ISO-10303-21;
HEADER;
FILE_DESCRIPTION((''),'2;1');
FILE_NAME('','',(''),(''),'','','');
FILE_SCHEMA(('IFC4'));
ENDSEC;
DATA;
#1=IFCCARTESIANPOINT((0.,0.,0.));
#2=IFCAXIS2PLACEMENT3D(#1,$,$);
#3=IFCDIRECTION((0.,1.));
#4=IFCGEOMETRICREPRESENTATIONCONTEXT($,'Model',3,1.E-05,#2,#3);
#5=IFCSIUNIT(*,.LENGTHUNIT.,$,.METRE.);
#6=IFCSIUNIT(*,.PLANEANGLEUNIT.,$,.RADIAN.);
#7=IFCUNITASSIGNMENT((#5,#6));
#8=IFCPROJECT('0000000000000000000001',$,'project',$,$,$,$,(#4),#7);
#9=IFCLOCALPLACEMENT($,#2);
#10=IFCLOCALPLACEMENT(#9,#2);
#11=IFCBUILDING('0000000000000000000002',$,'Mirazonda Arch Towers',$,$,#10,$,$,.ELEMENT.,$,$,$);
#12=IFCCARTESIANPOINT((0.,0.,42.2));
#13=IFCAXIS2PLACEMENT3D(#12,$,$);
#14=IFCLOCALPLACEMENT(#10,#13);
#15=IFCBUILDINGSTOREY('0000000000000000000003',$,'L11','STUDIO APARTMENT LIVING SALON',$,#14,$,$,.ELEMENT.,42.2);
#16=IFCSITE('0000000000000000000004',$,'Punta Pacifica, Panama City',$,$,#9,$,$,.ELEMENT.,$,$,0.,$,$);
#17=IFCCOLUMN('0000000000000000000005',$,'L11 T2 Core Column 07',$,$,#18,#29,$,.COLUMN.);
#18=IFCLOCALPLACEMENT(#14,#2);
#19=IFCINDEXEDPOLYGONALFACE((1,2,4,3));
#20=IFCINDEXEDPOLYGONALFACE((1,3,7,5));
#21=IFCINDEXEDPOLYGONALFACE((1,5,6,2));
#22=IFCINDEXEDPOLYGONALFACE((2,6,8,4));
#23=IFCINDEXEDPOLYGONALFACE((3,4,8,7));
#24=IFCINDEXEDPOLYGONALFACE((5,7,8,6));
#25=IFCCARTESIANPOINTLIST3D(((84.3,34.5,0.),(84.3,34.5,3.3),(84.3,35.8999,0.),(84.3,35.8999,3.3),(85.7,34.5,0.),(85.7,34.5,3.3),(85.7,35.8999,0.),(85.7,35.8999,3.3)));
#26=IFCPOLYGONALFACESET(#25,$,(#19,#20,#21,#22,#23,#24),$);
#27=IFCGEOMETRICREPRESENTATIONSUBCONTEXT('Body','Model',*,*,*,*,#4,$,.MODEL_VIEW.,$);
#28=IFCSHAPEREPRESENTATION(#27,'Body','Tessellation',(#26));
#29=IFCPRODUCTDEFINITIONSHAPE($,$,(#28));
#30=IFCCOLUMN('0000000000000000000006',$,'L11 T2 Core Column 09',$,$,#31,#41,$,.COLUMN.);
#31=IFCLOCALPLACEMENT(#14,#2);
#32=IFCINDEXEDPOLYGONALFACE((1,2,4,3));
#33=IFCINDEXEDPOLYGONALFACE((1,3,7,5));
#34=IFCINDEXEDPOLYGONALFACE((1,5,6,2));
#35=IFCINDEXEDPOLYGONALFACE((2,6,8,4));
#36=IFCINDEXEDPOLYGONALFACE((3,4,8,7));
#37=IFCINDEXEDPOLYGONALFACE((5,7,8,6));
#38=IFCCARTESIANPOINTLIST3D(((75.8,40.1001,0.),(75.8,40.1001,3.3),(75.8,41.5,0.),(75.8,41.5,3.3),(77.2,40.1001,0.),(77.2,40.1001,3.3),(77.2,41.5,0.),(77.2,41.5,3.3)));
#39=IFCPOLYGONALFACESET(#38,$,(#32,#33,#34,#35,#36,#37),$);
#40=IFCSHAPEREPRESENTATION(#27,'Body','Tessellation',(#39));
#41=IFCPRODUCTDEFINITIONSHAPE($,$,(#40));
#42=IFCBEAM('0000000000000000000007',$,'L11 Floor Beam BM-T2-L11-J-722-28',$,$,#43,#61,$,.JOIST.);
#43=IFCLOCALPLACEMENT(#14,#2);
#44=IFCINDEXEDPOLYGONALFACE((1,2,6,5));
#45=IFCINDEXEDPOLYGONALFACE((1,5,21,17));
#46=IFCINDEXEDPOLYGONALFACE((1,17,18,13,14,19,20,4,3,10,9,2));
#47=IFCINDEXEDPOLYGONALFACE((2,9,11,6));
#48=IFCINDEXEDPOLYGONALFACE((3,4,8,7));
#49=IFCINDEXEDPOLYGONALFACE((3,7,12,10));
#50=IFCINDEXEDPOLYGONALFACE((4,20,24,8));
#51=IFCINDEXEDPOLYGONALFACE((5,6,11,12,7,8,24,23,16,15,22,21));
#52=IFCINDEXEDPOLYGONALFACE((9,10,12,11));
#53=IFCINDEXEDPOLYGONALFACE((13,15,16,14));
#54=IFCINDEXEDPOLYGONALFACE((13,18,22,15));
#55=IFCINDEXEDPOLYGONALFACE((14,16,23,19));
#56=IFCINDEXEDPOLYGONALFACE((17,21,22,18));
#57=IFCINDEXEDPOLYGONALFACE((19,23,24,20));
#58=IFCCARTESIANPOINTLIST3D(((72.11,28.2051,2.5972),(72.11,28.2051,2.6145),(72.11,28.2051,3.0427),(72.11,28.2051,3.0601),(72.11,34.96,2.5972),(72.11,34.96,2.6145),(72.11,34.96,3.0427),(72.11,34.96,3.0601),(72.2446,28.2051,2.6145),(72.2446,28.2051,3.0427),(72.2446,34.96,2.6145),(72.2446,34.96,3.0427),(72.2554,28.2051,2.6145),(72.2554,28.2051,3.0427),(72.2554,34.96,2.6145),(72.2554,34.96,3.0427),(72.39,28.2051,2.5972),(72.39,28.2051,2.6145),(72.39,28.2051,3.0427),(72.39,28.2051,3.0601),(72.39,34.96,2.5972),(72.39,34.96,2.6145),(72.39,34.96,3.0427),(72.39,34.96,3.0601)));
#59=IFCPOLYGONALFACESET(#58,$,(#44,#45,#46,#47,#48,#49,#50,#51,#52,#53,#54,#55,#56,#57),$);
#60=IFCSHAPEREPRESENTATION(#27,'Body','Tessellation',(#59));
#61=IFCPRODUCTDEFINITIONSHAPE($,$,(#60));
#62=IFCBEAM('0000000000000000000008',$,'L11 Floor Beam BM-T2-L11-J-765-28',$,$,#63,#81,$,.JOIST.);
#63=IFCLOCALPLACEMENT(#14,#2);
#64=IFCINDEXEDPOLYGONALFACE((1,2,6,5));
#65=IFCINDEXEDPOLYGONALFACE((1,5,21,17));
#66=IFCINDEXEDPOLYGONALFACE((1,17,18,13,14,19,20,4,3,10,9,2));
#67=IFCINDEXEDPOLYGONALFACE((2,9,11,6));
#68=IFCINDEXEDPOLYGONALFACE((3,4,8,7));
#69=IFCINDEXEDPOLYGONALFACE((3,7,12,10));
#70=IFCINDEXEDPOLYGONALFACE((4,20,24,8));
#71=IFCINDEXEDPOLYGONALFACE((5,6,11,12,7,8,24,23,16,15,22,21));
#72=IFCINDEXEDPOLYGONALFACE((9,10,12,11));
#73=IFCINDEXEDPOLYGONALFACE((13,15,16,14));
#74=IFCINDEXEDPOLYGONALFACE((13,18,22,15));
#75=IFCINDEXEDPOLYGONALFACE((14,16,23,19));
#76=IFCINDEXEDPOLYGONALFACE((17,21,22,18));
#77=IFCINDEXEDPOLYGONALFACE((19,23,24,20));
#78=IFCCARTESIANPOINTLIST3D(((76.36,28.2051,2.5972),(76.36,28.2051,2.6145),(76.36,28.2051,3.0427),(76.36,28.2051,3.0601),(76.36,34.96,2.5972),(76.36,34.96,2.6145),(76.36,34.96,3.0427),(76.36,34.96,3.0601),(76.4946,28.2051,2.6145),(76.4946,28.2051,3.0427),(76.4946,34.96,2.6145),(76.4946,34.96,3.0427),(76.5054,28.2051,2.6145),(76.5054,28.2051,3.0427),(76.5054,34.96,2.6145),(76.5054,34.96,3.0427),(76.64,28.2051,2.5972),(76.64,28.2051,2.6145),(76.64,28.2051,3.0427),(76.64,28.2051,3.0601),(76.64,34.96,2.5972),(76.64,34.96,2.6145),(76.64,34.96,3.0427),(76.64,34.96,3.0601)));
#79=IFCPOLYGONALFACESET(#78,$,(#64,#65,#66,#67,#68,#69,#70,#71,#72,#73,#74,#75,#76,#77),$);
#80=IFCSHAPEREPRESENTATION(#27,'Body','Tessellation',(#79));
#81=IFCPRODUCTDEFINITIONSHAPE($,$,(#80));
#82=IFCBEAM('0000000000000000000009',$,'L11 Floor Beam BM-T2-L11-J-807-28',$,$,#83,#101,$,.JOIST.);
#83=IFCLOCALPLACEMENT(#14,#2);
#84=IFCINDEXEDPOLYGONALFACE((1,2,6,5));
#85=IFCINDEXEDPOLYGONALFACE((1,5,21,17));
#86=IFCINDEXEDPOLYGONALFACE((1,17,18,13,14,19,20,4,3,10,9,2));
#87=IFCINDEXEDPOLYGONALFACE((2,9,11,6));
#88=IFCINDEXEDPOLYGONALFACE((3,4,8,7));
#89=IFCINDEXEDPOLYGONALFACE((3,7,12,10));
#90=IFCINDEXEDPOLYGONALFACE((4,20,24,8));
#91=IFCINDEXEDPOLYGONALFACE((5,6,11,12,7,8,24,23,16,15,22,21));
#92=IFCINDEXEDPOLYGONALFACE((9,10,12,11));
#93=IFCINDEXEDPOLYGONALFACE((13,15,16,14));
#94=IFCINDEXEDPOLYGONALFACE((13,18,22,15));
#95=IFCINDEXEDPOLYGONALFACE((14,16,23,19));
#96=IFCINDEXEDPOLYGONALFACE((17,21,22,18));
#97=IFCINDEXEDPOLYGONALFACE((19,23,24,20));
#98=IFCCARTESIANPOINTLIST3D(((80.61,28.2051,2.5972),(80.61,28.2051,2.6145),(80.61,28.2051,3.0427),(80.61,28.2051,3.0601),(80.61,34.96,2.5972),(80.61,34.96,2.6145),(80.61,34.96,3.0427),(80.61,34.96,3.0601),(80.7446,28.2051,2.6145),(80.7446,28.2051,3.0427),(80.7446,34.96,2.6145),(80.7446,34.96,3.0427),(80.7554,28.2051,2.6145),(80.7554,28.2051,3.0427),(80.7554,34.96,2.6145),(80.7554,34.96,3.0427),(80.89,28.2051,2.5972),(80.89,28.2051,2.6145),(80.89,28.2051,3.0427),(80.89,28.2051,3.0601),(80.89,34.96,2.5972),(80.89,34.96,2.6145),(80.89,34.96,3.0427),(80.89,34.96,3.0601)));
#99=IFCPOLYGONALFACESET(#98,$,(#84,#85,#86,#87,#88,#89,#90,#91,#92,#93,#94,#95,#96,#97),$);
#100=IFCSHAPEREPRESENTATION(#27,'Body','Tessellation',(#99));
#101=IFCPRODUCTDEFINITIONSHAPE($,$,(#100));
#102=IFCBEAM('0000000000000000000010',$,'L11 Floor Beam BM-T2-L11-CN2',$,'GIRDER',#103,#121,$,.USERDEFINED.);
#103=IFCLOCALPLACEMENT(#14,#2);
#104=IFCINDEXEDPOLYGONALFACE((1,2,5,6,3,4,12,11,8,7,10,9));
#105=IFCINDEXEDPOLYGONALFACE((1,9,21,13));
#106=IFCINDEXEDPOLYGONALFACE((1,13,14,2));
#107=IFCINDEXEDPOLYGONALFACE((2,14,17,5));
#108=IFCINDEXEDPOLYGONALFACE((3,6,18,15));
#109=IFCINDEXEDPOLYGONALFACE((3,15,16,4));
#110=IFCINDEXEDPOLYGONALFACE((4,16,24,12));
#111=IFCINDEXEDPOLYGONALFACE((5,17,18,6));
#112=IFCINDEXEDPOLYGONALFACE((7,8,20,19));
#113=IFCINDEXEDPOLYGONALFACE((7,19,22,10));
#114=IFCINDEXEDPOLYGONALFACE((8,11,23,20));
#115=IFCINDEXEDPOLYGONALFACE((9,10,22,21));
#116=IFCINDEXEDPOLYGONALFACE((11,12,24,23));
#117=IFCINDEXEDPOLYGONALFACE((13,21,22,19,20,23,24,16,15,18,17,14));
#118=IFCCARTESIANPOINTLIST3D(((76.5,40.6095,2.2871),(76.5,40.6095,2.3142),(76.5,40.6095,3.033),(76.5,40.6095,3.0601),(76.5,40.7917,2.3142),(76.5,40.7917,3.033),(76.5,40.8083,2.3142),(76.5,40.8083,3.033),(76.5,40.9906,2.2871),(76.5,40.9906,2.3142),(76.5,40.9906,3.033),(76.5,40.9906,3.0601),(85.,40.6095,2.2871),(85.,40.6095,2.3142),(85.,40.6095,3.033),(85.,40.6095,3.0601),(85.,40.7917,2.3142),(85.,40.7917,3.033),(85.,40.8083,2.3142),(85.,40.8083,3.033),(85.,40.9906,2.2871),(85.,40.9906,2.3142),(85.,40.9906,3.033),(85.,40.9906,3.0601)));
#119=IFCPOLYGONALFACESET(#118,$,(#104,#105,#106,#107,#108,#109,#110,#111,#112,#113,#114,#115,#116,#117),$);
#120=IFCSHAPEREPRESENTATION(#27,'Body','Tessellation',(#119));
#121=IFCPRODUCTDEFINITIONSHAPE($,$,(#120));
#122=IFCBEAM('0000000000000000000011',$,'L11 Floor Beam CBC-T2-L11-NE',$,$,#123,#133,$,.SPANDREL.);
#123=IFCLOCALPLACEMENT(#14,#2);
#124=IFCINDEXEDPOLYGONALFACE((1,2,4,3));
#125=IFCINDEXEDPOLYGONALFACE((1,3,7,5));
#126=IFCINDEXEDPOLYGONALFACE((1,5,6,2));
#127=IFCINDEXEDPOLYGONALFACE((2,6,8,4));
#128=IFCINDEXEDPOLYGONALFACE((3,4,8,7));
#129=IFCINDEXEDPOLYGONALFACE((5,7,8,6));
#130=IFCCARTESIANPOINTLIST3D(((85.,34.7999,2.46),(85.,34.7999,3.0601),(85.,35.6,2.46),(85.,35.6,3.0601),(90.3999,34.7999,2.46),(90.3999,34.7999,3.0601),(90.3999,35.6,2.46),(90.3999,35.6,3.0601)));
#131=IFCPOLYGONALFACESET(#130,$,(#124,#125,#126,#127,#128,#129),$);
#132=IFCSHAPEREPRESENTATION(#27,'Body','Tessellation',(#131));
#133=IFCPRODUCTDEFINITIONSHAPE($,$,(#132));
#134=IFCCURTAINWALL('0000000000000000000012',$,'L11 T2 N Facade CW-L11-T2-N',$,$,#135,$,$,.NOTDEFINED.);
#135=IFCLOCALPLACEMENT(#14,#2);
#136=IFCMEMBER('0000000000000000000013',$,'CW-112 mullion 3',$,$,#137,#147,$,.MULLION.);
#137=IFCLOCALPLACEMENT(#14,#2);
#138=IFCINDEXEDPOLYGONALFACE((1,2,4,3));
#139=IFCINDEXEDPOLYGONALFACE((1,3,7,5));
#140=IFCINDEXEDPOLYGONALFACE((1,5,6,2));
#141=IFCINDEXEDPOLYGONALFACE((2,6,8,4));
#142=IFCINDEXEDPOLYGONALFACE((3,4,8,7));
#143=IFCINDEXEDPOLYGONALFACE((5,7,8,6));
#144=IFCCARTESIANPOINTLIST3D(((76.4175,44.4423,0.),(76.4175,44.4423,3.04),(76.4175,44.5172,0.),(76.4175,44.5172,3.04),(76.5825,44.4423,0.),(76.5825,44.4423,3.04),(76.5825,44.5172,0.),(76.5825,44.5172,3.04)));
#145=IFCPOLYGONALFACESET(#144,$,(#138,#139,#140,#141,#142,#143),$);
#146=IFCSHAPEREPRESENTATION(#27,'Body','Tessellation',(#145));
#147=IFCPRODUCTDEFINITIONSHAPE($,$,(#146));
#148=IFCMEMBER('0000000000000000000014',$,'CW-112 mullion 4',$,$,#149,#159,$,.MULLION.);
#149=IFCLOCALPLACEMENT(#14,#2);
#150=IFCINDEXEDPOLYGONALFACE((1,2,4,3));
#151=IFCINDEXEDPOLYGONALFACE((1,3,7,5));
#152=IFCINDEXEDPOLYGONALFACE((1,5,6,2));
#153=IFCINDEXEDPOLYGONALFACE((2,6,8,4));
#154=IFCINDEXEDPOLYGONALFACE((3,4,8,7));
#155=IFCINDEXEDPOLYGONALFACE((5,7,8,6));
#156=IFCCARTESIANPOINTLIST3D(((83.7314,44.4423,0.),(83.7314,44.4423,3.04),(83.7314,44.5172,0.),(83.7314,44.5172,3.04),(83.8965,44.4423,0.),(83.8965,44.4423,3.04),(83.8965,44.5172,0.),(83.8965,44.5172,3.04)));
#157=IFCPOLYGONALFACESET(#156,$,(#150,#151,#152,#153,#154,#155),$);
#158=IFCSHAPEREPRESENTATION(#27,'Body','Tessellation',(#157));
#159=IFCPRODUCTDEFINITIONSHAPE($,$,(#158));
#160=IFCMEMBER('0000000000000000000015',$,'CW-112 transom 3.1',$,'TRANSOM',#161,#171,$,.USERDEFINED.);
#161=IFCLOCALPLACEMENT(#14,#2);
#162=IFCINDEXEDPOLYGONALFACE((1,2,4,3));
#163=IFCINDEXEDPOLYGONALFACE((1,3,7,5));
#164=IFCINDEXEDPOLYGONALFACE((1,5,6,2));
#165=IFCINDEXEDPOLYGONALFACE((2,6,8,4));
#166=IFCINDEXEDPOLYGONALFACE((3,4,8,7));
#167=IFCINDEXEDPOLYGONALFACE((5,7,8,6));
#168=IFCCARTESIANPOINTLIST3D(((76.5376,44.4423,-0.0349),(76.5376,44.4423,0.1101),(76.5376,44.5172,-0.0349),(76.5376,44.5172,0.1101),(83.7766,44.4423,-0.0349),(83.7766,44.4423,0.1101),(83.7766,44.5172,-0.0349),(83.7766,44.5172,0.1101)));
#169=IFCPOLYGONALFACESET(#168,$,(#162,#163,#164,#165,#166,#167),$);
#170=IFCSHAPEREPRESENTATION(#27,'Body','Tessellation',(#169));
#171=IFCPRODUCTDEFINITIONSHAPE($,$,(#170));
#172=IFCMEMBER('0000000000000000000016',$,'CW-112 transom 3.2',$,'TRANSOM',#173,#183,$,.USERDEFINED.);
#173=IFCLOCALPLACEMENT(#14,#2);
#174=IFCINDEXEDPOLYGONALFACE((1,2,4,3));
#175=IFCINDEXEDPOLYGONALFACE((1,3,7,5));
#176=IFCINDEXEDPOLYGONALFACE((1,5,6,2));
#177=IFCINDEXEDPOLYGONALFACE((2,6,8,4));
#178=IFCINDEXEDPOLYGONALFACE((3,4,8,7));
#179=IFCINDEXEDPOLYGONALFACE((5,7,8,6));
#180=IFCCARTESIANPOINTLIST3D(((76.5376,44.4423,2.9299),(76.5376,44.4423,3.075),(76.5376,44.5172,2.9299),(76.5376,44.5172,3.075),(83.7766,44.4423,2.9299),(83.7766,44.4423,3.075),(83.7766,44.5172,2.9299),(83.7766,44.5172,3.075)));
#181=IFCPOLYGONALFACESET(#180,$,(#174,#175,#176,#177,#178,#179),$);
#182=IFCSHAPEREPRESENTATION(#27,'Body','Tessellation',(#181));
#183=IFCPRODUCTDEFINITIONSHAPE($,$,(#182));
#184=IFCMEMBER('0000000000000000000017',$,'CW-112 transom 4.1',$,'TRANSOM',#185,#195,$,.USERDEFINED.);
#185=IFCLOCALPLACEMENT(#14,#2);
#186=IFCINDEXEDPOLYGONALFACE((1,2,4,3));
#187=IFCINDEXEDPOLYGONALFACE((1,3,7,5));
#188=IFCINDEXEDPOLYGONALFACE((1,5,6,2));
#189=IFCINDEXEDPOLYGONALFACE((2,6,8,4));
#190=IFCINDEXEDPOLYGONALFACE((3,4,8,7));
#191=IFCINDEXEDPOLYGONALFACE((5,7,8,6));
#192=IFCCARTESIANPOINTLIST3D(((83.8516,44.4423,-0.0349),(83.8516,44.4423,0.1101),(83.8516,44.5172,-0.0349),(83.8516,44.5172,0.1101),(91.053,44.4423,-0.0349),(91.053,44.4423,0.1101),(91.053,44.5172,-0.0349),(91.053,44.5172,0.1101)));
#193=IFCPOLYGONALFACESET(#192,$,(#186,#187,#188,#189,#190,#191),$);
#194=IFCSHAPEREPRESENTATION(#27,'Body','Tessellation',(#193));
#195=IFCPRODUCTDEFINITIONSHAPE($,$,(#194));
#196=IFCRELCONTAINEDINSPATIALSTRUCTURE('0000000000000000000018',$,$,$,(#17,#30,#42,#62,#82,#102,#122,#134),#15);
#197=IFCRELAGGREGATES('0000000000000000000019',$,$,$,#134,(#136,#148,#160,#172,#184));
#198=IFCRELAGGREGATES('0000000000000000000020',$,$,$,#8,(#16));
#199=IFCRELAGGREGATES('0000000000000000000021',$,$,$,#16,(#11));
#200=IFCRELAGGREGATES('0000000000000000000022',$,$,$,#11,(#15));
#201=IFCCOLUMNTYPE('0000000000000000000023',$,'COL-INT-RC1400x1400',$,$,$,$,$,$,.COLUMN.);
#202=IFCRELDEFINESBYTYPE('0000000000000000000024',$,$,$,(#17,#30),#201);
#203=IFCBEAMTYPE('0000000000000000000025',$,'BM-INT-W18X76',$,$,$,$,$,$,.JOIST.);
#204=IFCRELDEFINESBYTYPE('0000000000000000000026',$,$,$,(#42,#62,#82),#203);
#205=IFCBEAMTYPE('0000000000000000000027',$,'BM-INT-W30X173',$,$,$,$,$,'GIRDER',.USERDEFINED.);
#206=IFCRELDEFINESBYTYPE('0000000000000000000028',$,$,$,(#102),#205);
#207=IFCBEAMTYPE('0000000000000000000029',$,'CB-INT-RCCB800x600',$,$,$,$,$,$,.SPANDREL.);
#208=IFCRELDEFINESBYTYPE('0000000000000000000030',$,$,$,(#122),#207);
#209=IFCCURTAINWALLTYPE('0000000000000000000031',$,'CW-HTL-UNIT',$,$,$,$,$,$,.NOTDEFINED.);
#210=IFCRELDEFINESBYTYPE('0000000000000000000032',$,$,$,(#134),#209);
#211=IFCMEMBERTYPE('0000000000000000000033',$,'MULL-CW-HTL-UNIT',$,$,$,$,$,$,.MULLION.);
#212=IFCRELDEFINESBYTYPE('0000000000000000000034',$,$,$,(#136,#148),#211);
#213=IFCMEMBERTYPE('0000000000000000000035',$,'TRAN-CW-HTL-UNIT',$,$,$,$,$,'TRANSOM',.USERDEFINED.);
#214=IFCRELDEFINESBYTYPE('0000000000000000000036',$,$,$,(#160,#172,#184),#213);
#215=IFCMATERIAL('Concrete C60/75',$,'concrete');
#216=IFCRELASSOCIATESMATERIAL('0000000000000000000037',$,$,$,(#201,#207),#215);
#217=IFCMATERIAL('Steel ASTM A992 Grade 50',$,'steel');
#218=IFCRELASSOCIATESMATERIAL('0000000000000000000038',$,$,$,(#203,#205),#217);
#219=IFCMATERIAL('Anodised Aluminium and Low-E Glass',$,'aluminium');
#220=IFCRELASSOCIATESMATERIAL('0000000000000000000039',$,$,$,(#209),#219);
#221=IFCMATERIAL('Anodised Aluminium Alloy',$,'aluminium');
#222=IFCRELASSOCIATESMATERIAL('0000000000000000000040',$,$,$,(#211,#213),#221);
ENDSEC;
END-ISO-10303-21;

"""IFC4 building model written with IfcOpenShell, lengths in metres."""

from ifc_helpers import new_model, si_unit, direction, frame, origin, origin_2d, place, context, subcontext, project, spatial, rectangle, i_section, extrude, material, material_profile, profile_set, type_object, element, aggregate, save


model = new_model("IFC4")

# Units and contexts
model_context = context("Model", 3, precision=1e-05, world=origin(), true_north=direction((0.0, 1.0)))
body_context = subcontext(model_context, "Body", "Model", "MODEL_VIEW")
ifc_project = project(units=[si_unit("LENGTHUNIT", "METRE"), si_unit("PLANEANGLEUNIT", "RADIAN")], contexts=[model_context])

# Site, building, storey
site_placement = place(None, origin())
site = spatial("IfcSite", under=ifc_project, at=site_placement, Name="Punta Pacifica, Panama City", CompositionType="ELEMENT", RefElevation=0.0)
building_placement = place(site_placement, origin())
building = spatial("IfcBuilding", under=site, at=building_placement, Name="Mirazonda Arch Towers", CompositionType="ELEMENT")
storey_placement = place(building_placement, frame((0.0, 0.0, 42.2)))
storey = spatial("IfcBuildingStorey", under=building, at=storey_placement, Name="L11", Description="STUDIO APARTMENT LIVING SALON", CompositionType="ELEMENT", Elevation=42.2)

# Columns
ifc_material_1 = material(Name="Concrete C60/75", Category="concrete")
ifc_material_profile_1 = material_profile(ifc_material_1, rectangle(XDim=1.3999, YDim=1.3999, at=origin_2d()), Name="RC1400x1400")
ifc_profile_set_1 = profile_set([ifc_material_profile_1], Name="Concrete C60/75")
column_type = type_object("IfcColumnType", Name="COL-INT-RC1400x1400", PredefinedType="COLUMN", material=ifc_profile_set_1)
for number, where, z_axis, x_axis, name in (
    (1, (85.0, 35.2, 0.0), (0.0, 0.0, 1.0), (1.0, 0.0, 0.0), "L11 T2 Core Column 07"),
    (2, (76.5, 40.8, 0.0), (0.0, 0.0, 1.0), (1.0, 0.0, 0.0), "L11 T2 Core Column 09"),
):
    element("IfcColumn", number, at=place(storey_placement, frame(where, z_axis=z_axis, x_axis=x_axis)), inside=storey, type_object=column_type, Name=name, PredefinedType="COLUMN", context=body_context, shape_type="SweptSolid", body=[
        extrude(rectangle(XDim=1.3999, YDim=1.3999, at=origin_2d()), origin(), (0.0, 0.0, 1.0), 3.3),
    ])

# Beams
ifc_material_2 = material(Name="Steel ASTM A992 Grade 50", Category="steel")
ifc_material_profile_2 = material_profile(ifc_material_2, i_section(OverallWidth=0.28, OverallDepth=0.4629, WebThickness=0.0107, FlangeThickness=0.0173, at=origin_2d()), Name="W18X76")
ifc_profile_set_2 = profile_set([ifc_material_profile_2], Name="Steel ASTM A992 Grade 50")
beam_type_1 = type_object("IfcBeamType", Name="BM-INT-W18X76", PredefinedType="JOIST", material=ifc_profile_set_2)
for number, where, z_axis, x_axis, name in (
    (3, (72.25, 28.2051, 2.8286), (0.0, 1.0, 0.0), (-1.0, 0.0, 0.0), "L11 Floor Beam BM-T2-L11-J-722-28"),
    (4, (76.5, 28.2051, 2.8286), (0.0, 1.0, 0.0), (-1.0, 0.0, 0.0), "L11 Floor Beam BM-T2-L11-J-765-28"),
    (5, (80.75, 28.2051, 2.8286), (0.0, 1.0, 0.0), (-1.0, 0.0, 0.0), "L11 Floor Beam BM-T2-L11-J-807-28"),
):
    element("IfcBeam", number, at=place(storey_placement, frame(where, z_axis=z_axis, x_axis=x_axis)), inside=storey, type_object=beam_type_1, Name=name, PredefinedType="JOIST", context=body_context, shape_type="SweptSolid", body=[
        extrude(i_section(OverallWidth=0.28, OverallDepth=0.4629, WebThickness=0.0107, FlangeThickness=0.0173, at=origin_2d()), origin(), (0.0, 0.0, 1.0), 6.7549),
    ])
ifc_material_profile_3 = material_profile(ifc_material_2, i_section(OverallWidth=0.3811, OverallDepth=0.7729, WebThickness=0.0166, FlangeThickness=0.0271, at=origin_2d()), Name="W30X173")
ifc_profile_set_3 = profile_set([ifc_material_profile_3], Name="Steel ASTM A992 Grade 50")
beam_type_2 = type_object("IfcBeamType", Name="BM-INT-W30X173", ElementType="GIRDER", PredefinedType="USERDEFINED", material=ifc_profile_set_3)
beam_1_placement = place(storey_placement, frame((76.5, 40.8, 2.6736), z_axis=(1.0, 0.0, 0.0), x_axis=(0.0, 1.0, 0.0)))
element("IfcBeam", 6, at=beam_1_placement, inside=storey, type_object=beam_type_2, Name="L11 Floor Beam BM-T2-L11-CN2", ObjectType="GIRDER", PredefinedType="USERDEFINED", context=body_context, shape_type="SweptSolid", body=[
    extrude(i_section(OverallWidth=0.3811, OverallDepth=0.7729, WebThickness=0.0166, FlangeThickness=0.0271, at=origin_2d()), origin(), (0.0, 0.0, 1.0), 8.5),
])
ifc_material_profile_4 = material_profile(ifc_material_1, rectangle(XDim=0.8, YDim=0.6001, at=origin_2d()), Name="RCCB800x600")
ifc_profile_set_4 = profile_set([ifc_material_profile_4], Name="Concrete C60/75")
beam_type_3 = type_object("IfcBeamType", Name="CB-INT-RCCB800x600", PredefinedType="SPANDREL", material=ifc_profile_set_4)
beam_2_placement = place(storey_placement, frame((85.0, 35.2, 2.76), z_axis=(1.0, 0.0, 0.0), x_axis=(0.0, 1.0, 0.0)))
element("IfcBeam", 7, at=beam_2_placement, inside=storey, type_object=beam_type_3, Name="L11 Floor Beam CBC-T2-L11-NE", PredefinedType="SPANDREL", context=body_context, shape_type="SweptSolid", body=[
    extrude(rectangle(XDim=0.8, YDim=0.6001, at=origin_2d()), origin(), (0.0, 0.0, 1.0), 5.3999),
])

# Curtain wall, members
ifc_material_3 = material(Name="Anodised Aluminium and Low-E Glass", Category="aluminium")
curtain_wall_type = type_object("IfcCurtainWallType", Name="CW-HTL-UNIT", PredefinedType="NOTDEFINED", material=ifc_material_3)
curtain_wall_placement = place(storey_placement, origin())
curtain_wall = element("IfcCurtainWall", 8, at=curtain_wall_placement, inside=storey, type_object=curtain_wall_type, Name="L11 T2 N Facade CW-L11-T2-N", PredefinedType="NOTDEFINED")
ifc_material_4 = material(Name="Anodised Aluminium Alloy", Category="aluminium")
ifc_material_profile_5 = material_profile(ifc_material_4, rectangle(XDim=0.075, YDim=0.165, at=origin_2d()), Name="ALU-MULL-75x165")
ifc_profile_set_5 = profile_set([ifc_material_profile_5], Name="Anodised Aluminium Alloy")
member_type_1 = type_object("IfcMemberType", Name="MULL-CW-HTL-UNIT", PredefinedType="MULLION", material=ifc_profile_set_5)
member_1_placement = place(storey_placement, frame((76.5, 44.4797, 0.0), z_axis=(0.0, 0.0, 1.0), x_axis=(0.0, 1.0, 0.0)))
member_1 = element("IfcMember", 9, at=member_1_placement, type_object=member_type_1, Name="CW-112 mullion 3", PredefinedType="MULLION", context=body_context, shape_type="SweptSolid", body=[
    extrude(rectangle(XDim=0.075, YDim=0.165, at=origin_2d()), origin(), (0.0, 0.0, 1.0), 3.04),
])
member_2_placement = place(storey_placement, frame((83.814, 44.4797, 0.0), z_axis=(0.0, 0.0, 1.0), x_axis=(0.0, 1.0, 0.0)))
member_2 = element("IfcMember", 10, at=member_2_placement, type_object=member_type_1, Name="CW-112 mullion 4", PredefinedType="MULLION", context=body_context, shape_type="SweptSolid", body=[
    extrude(rectangle(XDim=0.075, YDim=0.165, at=origin_2d()), origin(), (0.0, 0.0, 1.0), 3.04),
])
ifc_material_profile_6 = material_profile(ifc_material_4, rectangle(XDim=0.075, YDim=0.145, at=origin_2d()), Name="ALU-TRAN-75x145")
ifc_profile_set_6 = profile_set([ifc_material_profile_6], Name="Anodised Aluminium Alloy")
member_type_2 = type_object("IfcMemberType", Name="TRAN-CW-HTL-UNIT", ElementType="TRANSOM", PredefinedType="USERDEFINED", material=ifc_profile_set_6)
member_3_placement = place(storey_placement, frame((76.5376, 44.4797, 0.0376), z_axis=(1.0, 0.0, 0.0), x_axis=(0.0, 1.0, 0.0)))
member_3 = element("IfcMember", 11, at=member_3_placement, type_object=member_type_2, Name="CW-112 transom 3.1", ObjectType="TRANSOM", PredefinedType="USERDEFINED", context=body_context, shape_type="SweptSolid", body=[
    extrude(rectangle(XDim=0.075, YDim=0.145, at=origin_2d()), origin(), (0.0, 0.0, 1.0), 7.239),
])
member_4_placement = place(storey_placement, frame((76.5376, 44.4797, 3.0024), z_axis=(1.0, 0.0, 0.0), x_axis=(0.0, 1.0, 0.0)))
member_4 = element("IfcMember", 12, at=member_4_placement, type_object=member_type_2, Name="CW-112 transom 3.2", ObjectType="TRANSOM", PredefinedType="USERDEFINED", context=body_context, shape_type="SweptSolid", body=[
    extrude(rectangle(XDim=0.075, YDim=0.145, at=origin_2d()), origin(), (0.0, 0.0, 1.0), 7.239),
])
member_5_placement = place(storey_placement, frame((83.8516, 44.4797, 0.0376), z_axis=(1.0, 0.0, 0.0), x_axis=(0.0, 1.0, 0.0)))
member_5 = element("IfcMember", 13, at=member_5_placement, type_object=member_type_2, Name="CW-112 transom 4.1", ObjectType="TRANSOM", PredefinedType="USERDEFINED", context=body_context, shape_type="SweptSolid", body=[
    extrude(rectangle(XDim=0.075, YDim=0.145, at=origin_2d()), origin(), (0.0, 0.0, 1.0), 7.2014),
])
aggregate(curtain_wall, [member_1, member_2, member_3, member_4, member_5])

save(model, "model.ifc")
